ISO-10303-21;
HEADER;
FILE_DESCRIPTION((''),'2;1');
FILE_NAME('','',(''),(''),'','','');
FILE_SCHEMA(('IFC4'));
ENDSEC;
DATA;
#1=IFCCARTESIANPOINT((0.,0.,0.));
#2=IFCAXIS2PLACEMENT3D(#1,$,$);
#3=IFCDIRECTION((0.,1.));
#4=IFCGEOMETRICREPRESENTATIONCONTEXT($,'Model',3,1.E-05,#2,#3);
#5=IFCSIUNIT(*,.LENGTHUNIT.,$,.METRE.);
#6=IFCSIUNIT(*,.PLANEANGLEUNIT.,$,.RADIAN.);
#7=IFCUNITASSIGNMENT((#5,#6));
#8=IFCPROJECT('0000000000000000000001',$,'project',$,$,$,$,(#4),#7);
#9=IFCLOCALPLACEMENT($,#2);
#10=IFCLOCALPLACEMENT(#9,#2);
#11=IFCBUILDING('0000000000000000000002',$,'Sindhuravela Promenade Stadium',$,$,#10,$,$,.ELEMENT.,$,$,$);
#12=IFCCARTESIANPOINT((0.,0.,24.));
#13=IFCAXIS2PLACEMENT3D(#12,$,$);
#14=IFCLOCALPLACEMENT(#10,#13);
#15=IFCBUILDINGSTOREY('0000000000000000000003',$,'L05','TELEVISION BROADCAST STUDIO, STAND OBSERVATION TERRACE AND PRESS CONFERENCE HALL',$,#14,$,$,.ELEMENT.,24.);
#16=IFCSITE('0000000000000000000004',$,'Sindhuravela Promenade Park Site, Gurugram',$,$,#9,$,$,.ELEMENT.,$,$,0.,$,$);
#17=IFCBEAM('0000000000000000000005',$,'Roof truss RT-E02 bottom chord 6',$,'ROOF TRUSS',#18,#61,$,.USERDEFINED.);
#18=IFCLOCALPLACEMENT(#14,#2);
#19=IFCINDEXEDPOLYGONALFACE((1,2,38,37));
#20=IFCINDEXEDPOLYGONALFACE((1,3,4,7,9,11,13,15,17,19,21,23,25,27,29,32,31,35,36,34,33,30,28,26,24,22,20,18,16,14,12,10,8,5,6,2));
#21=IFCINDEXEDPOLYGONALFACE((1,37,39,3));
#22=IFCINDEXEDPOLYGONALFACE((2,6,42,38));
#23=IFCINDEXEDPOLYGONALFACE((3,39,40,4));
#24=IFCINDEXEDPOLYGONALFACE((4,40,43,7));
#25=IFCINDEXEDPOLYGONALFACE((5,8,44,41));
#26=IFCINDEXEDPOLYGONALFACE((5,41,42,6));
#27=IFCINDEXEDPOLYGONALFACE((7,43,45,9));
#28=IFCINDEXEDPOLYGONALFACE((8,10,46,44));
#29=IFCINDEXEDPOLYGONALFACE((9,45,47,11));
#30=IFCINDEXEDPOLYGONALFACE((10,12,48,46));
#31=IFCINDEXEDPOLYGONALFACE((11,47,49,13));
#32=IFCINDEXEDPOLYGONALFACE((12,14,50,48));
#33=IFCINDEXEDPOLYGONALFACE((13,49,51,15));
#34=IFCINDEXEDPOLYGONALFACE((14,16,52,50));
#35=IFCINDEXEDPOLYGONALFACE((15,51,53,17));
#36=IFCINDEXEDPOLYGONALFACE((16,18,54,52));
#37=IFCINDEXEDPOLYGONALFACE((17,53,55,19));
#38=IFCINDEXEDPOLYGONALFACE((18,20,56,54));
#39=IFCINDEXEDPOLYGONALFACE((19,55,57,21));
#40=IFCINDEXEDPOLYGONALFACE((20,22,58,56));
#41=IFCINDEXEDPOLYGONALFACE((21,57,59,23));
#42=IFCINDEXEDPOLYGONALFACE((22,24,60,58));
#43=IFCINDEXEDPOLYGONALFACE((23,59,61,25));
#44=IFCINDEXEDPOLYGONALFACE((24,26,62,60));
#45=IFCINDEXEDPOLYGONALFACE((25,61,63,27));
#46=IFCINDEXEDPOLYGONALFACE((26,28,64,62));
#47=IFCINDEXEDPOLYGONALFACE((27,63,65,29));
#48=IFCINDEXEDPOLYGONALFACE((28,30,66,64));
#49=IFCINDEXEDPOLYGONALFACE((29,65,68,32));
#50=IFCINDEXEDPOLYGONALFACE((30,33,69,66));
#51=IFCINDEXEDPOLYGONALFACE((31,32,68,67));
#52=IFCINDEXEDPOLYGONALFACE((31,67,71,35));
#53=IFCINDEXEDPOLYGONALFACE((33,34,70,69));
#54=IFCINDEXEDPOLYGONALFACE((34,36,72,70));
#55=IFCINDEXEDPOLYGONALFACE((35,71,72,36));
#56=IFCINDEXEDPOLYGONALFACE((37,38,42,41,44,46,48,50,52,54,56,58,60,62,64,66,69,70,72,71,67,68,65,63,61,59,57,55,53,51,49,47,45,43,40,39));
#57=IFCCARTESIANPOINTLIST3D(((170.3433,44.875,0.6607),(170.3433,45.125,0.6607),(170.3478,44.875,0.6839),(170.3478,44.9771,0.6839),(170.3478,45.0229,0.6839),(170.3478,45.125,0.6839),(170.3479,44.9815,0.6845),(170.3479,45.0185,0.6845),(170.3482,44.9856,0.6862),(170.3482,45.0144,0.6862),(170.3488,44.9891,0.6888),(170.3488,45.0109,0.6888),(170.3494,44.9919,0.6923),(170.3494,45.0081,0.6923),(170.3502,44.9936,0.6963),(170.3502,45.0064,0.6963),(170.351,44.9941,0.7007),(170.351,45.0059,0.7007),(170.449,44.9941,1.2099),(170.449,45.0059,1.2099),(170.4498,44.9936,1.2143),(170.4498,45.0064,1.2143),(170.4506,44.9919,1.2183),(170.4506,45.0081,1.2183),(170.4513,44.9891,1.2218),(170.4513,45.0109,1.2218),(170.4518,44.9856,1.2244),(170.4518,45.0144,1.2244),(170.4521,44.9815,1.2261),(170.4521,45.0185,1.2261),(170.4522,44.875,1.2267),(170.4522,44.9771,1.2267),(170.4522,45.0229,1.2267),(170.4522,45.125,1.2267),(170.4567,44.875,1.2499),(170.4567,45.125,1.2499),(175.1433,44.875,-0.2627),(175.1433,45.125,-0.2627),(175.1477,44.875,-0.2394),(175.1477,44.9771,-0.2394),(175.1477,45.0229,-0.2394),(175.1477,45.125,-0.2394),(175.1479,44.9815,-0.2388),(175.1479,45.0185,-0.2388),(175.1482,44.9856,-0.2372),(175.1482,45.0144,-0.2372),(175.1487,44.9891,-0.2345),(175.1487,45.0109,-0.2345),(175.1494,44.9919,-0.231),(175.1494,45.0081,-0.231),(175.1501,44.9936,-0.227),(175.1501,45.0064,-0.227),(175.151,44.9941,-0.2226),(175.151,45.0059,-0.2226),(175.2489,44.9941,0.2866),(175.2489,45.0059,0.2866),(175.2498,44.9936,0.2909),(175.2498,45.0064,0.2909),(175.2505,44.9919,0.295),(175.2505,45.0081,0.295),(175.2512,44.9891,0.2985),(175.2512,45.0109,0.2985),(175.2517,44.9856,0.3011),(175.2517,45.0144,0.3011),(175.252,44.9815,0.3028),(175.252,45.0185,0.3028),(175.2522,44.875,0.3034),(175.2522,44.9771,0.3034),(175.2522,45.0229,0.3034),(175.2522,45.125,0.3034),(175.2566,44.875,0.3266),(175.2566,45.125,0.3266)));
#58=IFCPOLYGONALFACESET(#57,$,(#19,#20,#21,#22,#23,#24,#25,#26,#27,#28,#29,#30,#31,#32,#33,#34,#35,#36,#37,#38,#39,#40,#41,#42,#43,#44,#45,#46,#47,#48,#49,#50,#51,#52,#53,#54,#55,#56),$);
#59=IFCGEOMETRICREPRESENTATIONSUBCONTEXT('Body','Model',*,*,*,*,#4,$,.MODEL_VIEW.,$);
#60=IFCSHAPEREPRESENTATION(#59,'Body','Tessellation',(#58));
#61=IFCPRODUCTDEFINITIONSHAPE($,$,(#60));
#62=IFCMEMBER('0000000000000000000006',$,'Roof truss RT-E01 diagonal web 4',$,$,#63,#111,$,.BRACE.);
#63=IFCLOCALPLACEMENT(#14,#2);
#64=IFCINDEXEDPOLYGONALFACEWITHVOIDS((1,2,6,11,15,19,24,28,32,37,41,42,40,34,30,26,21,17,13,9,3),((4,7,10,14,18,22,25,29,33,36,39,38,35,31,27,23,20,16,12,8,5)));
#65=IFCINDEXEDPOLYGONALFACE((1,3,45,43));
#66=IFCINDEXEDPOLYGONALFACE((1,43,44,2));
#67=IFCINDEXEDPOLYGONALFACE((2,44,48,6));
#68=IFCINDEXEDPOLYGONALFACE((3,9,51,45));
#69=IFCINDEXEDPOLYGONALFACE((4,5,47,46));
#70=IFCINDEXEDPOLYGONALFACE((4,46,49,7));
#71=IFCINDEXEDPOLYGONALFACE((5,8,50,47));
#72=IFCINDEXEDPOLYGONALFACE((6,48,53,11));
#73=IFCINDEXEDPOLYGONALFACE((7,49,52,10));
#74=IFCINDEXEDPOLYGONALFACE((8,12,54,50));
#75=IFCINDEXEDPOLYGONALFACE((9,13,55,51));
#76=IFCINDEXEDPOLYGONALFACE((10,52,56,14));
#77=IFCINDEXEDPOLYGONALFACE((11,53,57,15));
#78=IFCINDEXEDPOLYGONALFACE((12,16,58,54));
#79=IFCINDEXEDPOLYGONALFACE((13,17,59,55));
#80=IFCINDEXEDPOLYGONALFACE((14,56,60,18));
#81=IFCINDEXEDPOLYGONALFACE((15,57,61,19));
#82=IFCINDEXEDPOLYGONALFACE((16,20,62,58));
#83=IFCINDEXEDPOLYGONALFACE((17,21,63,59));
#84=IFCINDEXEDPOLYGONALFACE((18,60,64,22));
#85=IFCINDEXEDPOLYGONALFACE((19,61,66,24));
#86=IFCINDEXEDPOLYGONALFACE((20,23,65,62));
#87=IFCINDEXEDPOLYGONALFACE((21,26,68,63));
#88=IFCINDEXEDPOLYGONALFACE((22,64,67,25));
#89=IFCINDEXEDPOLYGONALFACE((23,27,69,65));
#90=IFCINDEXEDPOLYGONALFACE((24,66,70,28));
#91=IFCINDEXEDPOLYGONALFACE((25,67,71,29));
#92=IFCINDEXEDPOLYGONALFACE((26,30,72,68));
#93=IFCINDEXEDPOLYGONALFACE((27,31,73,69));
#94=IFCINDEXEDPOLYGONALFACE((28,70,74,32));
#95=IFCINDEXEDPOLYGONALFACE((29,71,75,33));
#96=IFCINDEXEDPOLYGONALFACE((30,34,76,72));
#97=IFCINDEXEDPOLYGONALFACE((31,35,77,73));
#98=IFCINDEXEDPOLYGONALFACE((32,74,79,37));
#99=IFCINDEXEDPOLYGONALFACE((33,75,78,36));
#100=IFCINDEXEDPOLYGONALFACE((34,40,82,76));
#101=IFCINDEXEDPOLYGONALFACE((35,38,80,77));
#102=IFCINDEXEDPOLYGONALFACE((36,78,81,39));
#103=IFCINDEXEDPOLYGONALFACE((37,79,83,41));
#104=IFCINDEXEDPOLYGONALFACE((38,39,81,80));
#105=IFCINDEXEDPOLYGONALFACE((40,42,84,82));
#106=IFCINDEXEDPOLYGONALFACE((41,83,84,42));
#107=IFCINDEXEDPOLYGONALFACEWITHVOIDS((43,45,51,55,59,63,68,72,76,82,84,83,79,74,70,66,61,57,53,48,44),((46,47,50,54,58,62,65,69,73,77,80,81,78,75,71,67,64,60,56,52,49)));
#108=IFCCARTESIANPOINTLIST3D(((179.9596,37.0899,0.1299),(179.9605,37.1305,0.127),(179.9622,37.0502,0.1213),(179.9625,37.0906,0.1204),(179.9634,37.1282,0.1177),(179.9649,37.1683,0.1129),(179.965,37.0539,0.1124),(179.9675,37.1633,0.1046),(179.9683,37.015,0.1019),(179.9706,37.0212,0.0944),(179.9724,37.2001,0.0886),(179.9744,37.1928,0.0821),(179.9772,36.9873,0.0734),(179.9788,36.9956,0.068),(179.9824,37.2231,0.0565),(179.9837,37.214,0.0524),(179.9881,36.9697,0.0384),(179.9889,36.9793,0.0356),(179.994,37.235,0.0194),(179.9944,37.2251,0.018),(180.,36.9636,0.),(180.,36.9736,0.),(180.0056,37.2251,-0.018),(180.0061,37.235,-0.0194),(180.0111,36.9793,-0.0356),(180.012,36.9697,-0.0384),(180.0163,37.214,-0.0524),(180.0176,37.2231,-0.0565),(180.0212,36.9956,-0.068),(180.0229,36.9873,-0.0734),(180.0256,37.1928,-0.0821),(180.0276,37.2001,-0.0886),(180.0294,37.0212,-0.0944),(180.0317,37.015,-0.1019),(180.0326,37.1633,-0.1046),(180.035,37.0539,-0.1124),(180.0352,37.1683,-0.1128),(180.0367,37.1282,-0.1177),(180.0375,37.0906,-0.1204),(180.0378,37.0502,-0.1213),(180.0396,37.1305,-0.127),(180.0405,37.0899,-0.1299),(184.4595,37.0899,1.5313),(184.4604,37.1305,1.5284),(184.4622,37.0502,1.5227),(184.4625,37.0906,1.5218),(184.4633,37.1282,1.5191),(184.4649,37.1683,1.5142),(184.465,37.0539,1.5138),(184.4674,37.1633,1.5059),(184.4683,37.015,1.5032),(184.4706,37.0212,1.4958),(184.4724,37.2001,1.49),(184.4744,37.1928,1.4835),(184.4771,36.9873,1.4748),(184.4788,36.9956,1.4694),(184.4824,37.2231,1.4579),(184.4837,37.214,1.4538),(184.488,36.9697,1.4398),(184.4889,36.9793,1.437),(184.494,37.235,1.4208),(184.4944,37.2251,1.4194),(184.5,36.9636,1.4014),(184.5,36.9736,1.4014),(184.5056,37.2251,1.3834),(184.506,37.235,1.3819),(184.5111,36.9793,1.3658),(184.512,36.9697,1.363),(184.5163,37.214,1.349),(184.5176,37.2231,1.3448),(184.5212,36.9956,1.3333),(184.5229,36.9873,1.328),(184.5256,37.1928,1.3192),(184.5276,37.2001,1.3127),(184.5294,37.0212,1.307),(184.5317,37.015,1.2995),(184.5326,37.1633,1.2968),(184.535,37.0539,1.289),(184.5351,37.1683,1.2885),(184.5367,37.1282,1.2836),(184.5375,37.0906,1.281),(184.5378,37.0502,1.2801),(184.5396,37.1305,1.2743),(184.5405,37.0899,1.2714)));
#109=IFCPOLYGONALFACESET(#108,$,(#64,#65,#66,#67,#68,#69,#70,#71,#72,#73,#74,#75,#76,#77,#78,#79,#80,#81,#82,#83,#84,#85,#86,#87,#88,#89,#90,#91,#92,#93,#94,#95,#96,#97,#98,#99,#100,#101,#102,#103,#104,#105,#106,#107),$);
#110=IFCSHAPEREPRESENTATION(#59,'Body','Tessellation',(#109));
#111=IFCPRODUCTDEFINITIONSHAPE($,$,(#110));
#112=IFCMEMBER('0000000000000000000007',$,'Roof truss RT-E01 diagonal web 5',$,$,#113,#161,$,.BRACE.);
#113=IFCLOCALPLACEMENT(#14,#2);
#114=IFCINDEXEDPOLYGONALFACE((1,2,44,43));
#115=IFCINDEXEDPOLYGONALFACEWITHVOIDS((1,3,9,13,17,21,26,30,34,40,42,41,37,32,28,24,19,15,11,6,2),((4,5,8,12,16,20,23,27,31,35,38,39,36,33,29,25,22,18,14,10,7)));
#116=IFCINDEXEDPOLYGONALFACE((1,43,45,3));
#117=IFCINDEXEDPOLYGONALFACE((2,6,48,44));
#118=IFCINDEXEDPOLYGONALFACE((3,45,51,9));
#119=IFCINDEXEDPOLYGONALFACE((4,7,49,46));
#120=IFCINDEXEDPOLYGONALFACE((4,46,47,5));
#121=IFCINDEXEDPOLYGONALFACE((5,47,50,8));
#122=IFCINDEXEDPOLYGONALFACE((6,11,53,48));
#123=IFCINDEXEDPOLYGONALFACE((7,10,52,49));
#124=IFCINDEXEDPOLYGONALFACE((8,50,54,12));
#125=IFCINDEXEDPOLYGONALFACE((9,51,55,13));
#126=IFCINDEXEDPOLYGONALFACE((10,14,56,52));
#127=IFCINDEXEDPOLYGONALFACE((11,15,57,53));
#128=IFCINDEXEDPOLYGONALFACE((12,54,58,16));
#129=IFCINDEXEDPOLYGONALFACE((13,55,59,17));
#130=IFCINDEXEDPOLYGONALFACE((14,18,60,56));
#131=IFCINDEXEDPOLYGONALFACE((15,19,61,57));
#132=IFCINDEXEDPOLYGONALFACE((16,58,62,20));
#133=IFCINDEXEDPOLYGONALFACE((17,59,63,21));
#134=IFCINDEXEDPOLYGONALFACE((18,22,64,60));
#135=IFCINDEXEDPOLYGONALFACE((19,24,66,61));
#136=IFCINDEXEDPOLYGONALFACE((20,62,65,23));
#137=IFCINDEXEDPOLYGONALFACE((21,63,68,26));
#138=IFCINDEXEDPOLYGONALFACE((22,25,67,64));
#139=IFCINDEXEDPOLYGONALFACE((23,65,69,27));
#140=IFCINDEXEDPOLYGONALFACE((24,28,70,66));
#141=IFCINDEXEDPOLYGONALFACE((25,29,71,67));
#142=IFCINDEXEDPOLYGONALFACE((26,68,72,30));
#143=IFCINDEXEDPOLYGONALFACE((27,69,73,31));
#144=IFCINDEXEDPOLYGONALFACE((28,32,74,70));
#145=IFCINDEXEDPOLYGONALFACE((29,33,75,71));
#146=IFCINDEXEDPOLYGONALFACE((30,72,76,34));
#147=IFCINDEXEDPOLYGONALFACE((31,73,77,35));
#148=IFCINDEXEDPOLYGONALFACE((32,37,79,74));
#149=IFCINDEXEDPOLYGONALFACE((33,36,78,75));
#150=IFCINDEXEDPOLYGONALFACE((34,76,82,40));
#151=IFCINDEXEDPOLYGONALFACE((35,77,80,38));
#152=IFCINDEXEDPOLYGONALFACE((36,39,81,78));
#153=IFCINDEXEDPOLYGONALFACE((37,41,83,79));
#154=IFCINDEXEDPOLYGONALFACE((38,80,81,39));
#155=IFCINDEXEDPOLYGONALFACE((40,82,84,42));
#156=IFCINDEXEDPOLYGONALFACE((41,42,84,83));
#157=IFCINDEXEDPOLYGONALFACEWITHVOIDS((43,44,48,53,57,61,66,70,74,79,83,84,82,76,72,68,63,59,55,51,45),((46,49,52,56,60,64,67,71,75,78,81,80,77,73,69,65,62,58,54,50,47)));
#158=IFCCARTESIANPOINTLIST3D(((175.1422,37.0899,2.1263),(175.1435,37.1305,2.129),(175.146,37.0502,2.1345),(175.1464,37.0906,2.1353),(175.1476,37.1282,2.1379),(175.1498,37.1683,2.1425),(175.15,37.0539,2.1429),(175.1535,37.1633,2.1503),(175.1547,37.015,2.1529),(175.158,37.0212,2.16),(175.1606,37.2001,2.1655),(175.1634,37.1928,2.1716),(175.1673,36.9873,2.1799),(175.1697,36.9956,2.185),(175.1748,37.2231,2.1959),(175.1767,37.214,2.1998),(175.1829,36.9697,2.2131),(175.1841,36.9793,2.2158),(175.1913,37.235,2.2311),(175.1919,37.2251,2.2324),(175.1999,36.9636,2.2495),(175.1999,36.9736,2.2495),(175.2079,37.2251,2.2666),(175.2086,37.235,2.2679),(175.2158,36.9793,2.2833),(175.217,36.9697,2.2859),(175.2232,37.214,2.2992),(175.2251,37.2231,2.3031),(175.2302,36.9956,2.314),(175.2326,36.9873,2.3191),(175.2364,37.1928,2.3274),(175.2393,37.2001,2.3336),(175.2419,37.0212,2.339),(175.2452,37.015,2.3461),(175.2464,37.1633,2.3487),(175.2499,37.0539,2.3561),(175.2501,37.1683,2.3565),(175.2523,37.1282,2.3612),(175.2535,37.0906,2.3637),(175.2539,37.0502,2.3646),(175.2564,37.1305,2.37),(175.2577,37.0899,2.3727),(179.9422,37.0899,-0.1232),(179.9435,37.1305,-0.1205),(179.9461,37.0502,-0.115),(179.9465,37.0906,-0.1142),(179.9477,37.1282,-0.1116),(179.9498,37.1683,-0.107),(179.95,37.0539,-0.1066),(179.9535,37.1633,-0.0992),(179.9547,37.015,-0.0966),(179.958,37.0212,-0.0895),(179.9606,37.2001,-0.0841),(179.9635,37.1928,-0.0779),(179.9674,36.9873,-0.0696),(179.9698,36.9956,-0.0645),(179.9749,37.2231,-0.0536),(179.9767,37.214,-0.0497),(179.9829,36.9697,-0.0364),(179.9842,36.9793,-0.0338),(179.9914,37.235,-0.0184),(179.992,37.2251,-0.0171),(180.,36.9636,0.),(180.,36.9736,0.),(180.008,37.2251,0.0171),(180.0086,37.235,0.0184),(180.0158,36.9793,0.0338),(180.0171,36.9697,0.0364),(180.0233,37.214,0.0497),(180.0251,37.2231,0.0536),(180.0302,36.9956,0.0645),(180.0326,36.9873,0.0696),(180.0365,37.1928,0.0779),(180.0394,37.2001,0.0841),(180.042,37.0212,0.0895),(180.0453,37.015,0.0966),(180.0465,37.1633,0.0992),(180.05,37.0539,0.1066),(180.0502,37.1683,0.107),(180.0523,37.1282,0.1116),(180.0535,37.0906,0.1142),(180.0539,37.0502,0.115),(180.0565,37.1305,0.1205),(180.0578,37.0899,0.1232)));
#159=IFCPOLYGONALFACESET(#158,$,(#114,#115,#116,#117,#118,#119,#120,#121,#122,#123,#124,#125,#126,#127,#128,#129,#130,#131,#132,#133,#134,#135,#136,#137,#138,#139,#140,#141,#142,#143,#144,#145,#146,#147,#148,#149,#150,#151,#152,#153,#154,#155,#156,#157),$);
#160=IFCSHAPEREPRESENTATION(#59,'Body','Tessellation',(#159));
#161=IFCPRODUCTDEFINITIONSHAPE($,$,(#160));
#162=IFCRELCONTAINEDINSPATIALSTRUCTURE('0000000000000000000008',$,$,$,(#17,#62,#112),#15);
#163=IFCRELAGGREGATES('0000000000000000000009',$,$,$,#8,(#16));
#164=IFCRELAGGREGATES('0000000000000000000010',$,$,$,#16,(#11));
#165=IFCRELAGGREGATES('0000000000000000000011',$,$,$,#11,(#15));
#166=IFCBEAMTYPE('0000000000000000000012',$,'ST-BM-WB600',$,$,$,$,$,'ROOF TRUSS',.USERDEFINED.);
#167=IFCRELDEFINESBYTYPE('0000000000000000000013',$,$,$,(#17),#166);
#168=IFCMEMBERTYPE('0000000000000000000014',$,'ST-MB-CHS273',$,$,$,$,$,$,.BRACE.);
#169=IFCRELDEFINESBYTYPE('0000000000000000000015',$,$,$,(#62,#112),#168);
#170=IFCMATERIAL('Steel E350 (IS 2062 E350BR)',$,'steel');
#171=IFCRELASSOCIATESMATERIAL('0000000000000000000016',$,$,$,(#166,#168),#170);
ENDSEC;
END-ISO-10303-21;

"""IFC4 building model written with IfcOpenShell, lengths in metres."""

from ifc_helpers import new_model, si_unit, direction, frame, origin, origin_2d, place, context, subcontext, project, spatial, hollow_circle, i_section, extrude, material, material_profile, profile_set, type_object, element, save


model = new_model("IFC4")

# Units and contexts
model_context = context("Model", 3, precision=1e-05, world=origin(), true_north=direction((0.0, 1.0)))
body_context = subcontext(model_context, "Body", "Model", "MODEL_VIEW")
ifc_project = project(units=[si_unit("LENGTHUNIT", "METRE"), si_unit("PLANEANGLEUNIT", "RADIAN")], contexts=[model_context])

# Site, building, storey
site_placement = place(None, origin())
site = spatial("IfcSite", under=ifc_project, at=site_placement, Name="Sindhuravela Promenade Park Site, Gurugram", CompositionType="ELEMENT", RefElevation=0.0)
building_placement = place(site_placement, origin())
building = spatial("IfcBuilding", under=site, at=building_placement, Name="Sindhuravela Promenade Stadium", CompositionType="ELEMENT")
storey_placement = place(building_placement, frame((0.0, 0.0, 24.0)))
storey = spatial("IfcBuildingStorey", under=building, at=storey_placement, Name="L05", Description="TELEVISION BROADCAST STUDIO, STAND OBSERVATION TERRACE AND PRESS CONFERENCE HALL", CompositionType="ELEMENT", Elevation=24.0)

# Beam
ifc_material_1 = material(Name="Steel E350 (IS 2062 E350BR)", Category="steel")
ifc_material_profile_1 = material_profile(ifc_material_1, i_section(OverallWidth=0.25, OverallDepth=0.6001, WebThickness=0.0117, FlangeThickness=0.0237, FilletRadius=0.0171, at=origin_2d()), Name="ISWB 600")
ifc_profile_set_1 = profile_set([ifc_material_profile_1], Name="Steel E350 (IS 2062 E350BR)")
beam_type = type_object("IfcBeamType", Name="ST-BM-WB600", ElementType="ROOF TRUSS", PredefinedType="USERDEFINED", material=ifc_profile_set_1)
beam_1_placement = place(storey_placement, frame((175.2, 45.0, 0.032), z_axis=(-0.981997, 0.0, 0.188897), x_axis=(0.0, -1.0, 0.0)))
element("IfcBeam", 1, at=beam_1_placement, inside=storey, type_object=beam_type, Name="Roof truss RT-E02 bottom chord 6", ObjectType="ROOF TRUSS", PredefinedType="USERDEFINED", context=body_context, shape_type="SweptSolid", body=[
    extrude(i_section(OverallWidth=0.25, OverallDepth=0.6001, WebThickness=0.0117, FlangeThickness=0.0237, FilletRadius=0.0171, at=origin_2d()), origin(), (0.0, 0.0, 1.0), 4.8879),
])

# Members
ifc_material_profile_2 = material_profile(ifc_material_1, hollow_circle(Radius=0.1365, WallThickness=0.01, at=origin_2d()), Name="CHS 273.0x10")
ifc_profile_set_2 = profile_set([ifc_material_profile_2], Name="Steel E350 (IS 2062 E350BR)")
member_type_1 = type_object("IfcMemberType", Name="ST-MB-CHS273", PredefinedType="BRACE", material=ifc_profile_set_2)
member_1_placement = place(storey_placement, frame((184.5, 37.1001, 1.4014), z_axis=(-0.954774, 0.0, -0.297331), x_axis=(0.0, -1.0, 0.0)))
element("IfcMember", 2, at=member_1_placement, inside=storey, type_object=member_type_1, Name="Roof truss RT-E01 diagonal web 4", PredefinedType="BRACE", context=body_context, shape_type="SweptSolid", body=[
    extrude(hollow_circle(Radius=0.1365, WallThickness=0.01, at=origin_2d()), origin(), (0.0, 0.0, 1.0), 4.7131),
])
member_2_placement = place(storey_placement, frame((180.0, 37.1001, 0.0), z_axis=(-0.905496, 0.0, 0.424355), x_axis=(0.0, -1.0, 0.0)))
element("IfcMember", 3, at=member_2_placement, inside=storey, type_object=member_type_1, Name="Roof truss RT-E01 diagonal web 5", PredefinedType="BRACE", context=body_context, shape_type="SweptSolid", body=[
    extrude(hollow_circle(Radius=0.1365, WallThickness=0.01, at=origin_2d()), origin(), (0.0, 0.0, 1.0), 5.301),
])

save(model, "model.ifc")
